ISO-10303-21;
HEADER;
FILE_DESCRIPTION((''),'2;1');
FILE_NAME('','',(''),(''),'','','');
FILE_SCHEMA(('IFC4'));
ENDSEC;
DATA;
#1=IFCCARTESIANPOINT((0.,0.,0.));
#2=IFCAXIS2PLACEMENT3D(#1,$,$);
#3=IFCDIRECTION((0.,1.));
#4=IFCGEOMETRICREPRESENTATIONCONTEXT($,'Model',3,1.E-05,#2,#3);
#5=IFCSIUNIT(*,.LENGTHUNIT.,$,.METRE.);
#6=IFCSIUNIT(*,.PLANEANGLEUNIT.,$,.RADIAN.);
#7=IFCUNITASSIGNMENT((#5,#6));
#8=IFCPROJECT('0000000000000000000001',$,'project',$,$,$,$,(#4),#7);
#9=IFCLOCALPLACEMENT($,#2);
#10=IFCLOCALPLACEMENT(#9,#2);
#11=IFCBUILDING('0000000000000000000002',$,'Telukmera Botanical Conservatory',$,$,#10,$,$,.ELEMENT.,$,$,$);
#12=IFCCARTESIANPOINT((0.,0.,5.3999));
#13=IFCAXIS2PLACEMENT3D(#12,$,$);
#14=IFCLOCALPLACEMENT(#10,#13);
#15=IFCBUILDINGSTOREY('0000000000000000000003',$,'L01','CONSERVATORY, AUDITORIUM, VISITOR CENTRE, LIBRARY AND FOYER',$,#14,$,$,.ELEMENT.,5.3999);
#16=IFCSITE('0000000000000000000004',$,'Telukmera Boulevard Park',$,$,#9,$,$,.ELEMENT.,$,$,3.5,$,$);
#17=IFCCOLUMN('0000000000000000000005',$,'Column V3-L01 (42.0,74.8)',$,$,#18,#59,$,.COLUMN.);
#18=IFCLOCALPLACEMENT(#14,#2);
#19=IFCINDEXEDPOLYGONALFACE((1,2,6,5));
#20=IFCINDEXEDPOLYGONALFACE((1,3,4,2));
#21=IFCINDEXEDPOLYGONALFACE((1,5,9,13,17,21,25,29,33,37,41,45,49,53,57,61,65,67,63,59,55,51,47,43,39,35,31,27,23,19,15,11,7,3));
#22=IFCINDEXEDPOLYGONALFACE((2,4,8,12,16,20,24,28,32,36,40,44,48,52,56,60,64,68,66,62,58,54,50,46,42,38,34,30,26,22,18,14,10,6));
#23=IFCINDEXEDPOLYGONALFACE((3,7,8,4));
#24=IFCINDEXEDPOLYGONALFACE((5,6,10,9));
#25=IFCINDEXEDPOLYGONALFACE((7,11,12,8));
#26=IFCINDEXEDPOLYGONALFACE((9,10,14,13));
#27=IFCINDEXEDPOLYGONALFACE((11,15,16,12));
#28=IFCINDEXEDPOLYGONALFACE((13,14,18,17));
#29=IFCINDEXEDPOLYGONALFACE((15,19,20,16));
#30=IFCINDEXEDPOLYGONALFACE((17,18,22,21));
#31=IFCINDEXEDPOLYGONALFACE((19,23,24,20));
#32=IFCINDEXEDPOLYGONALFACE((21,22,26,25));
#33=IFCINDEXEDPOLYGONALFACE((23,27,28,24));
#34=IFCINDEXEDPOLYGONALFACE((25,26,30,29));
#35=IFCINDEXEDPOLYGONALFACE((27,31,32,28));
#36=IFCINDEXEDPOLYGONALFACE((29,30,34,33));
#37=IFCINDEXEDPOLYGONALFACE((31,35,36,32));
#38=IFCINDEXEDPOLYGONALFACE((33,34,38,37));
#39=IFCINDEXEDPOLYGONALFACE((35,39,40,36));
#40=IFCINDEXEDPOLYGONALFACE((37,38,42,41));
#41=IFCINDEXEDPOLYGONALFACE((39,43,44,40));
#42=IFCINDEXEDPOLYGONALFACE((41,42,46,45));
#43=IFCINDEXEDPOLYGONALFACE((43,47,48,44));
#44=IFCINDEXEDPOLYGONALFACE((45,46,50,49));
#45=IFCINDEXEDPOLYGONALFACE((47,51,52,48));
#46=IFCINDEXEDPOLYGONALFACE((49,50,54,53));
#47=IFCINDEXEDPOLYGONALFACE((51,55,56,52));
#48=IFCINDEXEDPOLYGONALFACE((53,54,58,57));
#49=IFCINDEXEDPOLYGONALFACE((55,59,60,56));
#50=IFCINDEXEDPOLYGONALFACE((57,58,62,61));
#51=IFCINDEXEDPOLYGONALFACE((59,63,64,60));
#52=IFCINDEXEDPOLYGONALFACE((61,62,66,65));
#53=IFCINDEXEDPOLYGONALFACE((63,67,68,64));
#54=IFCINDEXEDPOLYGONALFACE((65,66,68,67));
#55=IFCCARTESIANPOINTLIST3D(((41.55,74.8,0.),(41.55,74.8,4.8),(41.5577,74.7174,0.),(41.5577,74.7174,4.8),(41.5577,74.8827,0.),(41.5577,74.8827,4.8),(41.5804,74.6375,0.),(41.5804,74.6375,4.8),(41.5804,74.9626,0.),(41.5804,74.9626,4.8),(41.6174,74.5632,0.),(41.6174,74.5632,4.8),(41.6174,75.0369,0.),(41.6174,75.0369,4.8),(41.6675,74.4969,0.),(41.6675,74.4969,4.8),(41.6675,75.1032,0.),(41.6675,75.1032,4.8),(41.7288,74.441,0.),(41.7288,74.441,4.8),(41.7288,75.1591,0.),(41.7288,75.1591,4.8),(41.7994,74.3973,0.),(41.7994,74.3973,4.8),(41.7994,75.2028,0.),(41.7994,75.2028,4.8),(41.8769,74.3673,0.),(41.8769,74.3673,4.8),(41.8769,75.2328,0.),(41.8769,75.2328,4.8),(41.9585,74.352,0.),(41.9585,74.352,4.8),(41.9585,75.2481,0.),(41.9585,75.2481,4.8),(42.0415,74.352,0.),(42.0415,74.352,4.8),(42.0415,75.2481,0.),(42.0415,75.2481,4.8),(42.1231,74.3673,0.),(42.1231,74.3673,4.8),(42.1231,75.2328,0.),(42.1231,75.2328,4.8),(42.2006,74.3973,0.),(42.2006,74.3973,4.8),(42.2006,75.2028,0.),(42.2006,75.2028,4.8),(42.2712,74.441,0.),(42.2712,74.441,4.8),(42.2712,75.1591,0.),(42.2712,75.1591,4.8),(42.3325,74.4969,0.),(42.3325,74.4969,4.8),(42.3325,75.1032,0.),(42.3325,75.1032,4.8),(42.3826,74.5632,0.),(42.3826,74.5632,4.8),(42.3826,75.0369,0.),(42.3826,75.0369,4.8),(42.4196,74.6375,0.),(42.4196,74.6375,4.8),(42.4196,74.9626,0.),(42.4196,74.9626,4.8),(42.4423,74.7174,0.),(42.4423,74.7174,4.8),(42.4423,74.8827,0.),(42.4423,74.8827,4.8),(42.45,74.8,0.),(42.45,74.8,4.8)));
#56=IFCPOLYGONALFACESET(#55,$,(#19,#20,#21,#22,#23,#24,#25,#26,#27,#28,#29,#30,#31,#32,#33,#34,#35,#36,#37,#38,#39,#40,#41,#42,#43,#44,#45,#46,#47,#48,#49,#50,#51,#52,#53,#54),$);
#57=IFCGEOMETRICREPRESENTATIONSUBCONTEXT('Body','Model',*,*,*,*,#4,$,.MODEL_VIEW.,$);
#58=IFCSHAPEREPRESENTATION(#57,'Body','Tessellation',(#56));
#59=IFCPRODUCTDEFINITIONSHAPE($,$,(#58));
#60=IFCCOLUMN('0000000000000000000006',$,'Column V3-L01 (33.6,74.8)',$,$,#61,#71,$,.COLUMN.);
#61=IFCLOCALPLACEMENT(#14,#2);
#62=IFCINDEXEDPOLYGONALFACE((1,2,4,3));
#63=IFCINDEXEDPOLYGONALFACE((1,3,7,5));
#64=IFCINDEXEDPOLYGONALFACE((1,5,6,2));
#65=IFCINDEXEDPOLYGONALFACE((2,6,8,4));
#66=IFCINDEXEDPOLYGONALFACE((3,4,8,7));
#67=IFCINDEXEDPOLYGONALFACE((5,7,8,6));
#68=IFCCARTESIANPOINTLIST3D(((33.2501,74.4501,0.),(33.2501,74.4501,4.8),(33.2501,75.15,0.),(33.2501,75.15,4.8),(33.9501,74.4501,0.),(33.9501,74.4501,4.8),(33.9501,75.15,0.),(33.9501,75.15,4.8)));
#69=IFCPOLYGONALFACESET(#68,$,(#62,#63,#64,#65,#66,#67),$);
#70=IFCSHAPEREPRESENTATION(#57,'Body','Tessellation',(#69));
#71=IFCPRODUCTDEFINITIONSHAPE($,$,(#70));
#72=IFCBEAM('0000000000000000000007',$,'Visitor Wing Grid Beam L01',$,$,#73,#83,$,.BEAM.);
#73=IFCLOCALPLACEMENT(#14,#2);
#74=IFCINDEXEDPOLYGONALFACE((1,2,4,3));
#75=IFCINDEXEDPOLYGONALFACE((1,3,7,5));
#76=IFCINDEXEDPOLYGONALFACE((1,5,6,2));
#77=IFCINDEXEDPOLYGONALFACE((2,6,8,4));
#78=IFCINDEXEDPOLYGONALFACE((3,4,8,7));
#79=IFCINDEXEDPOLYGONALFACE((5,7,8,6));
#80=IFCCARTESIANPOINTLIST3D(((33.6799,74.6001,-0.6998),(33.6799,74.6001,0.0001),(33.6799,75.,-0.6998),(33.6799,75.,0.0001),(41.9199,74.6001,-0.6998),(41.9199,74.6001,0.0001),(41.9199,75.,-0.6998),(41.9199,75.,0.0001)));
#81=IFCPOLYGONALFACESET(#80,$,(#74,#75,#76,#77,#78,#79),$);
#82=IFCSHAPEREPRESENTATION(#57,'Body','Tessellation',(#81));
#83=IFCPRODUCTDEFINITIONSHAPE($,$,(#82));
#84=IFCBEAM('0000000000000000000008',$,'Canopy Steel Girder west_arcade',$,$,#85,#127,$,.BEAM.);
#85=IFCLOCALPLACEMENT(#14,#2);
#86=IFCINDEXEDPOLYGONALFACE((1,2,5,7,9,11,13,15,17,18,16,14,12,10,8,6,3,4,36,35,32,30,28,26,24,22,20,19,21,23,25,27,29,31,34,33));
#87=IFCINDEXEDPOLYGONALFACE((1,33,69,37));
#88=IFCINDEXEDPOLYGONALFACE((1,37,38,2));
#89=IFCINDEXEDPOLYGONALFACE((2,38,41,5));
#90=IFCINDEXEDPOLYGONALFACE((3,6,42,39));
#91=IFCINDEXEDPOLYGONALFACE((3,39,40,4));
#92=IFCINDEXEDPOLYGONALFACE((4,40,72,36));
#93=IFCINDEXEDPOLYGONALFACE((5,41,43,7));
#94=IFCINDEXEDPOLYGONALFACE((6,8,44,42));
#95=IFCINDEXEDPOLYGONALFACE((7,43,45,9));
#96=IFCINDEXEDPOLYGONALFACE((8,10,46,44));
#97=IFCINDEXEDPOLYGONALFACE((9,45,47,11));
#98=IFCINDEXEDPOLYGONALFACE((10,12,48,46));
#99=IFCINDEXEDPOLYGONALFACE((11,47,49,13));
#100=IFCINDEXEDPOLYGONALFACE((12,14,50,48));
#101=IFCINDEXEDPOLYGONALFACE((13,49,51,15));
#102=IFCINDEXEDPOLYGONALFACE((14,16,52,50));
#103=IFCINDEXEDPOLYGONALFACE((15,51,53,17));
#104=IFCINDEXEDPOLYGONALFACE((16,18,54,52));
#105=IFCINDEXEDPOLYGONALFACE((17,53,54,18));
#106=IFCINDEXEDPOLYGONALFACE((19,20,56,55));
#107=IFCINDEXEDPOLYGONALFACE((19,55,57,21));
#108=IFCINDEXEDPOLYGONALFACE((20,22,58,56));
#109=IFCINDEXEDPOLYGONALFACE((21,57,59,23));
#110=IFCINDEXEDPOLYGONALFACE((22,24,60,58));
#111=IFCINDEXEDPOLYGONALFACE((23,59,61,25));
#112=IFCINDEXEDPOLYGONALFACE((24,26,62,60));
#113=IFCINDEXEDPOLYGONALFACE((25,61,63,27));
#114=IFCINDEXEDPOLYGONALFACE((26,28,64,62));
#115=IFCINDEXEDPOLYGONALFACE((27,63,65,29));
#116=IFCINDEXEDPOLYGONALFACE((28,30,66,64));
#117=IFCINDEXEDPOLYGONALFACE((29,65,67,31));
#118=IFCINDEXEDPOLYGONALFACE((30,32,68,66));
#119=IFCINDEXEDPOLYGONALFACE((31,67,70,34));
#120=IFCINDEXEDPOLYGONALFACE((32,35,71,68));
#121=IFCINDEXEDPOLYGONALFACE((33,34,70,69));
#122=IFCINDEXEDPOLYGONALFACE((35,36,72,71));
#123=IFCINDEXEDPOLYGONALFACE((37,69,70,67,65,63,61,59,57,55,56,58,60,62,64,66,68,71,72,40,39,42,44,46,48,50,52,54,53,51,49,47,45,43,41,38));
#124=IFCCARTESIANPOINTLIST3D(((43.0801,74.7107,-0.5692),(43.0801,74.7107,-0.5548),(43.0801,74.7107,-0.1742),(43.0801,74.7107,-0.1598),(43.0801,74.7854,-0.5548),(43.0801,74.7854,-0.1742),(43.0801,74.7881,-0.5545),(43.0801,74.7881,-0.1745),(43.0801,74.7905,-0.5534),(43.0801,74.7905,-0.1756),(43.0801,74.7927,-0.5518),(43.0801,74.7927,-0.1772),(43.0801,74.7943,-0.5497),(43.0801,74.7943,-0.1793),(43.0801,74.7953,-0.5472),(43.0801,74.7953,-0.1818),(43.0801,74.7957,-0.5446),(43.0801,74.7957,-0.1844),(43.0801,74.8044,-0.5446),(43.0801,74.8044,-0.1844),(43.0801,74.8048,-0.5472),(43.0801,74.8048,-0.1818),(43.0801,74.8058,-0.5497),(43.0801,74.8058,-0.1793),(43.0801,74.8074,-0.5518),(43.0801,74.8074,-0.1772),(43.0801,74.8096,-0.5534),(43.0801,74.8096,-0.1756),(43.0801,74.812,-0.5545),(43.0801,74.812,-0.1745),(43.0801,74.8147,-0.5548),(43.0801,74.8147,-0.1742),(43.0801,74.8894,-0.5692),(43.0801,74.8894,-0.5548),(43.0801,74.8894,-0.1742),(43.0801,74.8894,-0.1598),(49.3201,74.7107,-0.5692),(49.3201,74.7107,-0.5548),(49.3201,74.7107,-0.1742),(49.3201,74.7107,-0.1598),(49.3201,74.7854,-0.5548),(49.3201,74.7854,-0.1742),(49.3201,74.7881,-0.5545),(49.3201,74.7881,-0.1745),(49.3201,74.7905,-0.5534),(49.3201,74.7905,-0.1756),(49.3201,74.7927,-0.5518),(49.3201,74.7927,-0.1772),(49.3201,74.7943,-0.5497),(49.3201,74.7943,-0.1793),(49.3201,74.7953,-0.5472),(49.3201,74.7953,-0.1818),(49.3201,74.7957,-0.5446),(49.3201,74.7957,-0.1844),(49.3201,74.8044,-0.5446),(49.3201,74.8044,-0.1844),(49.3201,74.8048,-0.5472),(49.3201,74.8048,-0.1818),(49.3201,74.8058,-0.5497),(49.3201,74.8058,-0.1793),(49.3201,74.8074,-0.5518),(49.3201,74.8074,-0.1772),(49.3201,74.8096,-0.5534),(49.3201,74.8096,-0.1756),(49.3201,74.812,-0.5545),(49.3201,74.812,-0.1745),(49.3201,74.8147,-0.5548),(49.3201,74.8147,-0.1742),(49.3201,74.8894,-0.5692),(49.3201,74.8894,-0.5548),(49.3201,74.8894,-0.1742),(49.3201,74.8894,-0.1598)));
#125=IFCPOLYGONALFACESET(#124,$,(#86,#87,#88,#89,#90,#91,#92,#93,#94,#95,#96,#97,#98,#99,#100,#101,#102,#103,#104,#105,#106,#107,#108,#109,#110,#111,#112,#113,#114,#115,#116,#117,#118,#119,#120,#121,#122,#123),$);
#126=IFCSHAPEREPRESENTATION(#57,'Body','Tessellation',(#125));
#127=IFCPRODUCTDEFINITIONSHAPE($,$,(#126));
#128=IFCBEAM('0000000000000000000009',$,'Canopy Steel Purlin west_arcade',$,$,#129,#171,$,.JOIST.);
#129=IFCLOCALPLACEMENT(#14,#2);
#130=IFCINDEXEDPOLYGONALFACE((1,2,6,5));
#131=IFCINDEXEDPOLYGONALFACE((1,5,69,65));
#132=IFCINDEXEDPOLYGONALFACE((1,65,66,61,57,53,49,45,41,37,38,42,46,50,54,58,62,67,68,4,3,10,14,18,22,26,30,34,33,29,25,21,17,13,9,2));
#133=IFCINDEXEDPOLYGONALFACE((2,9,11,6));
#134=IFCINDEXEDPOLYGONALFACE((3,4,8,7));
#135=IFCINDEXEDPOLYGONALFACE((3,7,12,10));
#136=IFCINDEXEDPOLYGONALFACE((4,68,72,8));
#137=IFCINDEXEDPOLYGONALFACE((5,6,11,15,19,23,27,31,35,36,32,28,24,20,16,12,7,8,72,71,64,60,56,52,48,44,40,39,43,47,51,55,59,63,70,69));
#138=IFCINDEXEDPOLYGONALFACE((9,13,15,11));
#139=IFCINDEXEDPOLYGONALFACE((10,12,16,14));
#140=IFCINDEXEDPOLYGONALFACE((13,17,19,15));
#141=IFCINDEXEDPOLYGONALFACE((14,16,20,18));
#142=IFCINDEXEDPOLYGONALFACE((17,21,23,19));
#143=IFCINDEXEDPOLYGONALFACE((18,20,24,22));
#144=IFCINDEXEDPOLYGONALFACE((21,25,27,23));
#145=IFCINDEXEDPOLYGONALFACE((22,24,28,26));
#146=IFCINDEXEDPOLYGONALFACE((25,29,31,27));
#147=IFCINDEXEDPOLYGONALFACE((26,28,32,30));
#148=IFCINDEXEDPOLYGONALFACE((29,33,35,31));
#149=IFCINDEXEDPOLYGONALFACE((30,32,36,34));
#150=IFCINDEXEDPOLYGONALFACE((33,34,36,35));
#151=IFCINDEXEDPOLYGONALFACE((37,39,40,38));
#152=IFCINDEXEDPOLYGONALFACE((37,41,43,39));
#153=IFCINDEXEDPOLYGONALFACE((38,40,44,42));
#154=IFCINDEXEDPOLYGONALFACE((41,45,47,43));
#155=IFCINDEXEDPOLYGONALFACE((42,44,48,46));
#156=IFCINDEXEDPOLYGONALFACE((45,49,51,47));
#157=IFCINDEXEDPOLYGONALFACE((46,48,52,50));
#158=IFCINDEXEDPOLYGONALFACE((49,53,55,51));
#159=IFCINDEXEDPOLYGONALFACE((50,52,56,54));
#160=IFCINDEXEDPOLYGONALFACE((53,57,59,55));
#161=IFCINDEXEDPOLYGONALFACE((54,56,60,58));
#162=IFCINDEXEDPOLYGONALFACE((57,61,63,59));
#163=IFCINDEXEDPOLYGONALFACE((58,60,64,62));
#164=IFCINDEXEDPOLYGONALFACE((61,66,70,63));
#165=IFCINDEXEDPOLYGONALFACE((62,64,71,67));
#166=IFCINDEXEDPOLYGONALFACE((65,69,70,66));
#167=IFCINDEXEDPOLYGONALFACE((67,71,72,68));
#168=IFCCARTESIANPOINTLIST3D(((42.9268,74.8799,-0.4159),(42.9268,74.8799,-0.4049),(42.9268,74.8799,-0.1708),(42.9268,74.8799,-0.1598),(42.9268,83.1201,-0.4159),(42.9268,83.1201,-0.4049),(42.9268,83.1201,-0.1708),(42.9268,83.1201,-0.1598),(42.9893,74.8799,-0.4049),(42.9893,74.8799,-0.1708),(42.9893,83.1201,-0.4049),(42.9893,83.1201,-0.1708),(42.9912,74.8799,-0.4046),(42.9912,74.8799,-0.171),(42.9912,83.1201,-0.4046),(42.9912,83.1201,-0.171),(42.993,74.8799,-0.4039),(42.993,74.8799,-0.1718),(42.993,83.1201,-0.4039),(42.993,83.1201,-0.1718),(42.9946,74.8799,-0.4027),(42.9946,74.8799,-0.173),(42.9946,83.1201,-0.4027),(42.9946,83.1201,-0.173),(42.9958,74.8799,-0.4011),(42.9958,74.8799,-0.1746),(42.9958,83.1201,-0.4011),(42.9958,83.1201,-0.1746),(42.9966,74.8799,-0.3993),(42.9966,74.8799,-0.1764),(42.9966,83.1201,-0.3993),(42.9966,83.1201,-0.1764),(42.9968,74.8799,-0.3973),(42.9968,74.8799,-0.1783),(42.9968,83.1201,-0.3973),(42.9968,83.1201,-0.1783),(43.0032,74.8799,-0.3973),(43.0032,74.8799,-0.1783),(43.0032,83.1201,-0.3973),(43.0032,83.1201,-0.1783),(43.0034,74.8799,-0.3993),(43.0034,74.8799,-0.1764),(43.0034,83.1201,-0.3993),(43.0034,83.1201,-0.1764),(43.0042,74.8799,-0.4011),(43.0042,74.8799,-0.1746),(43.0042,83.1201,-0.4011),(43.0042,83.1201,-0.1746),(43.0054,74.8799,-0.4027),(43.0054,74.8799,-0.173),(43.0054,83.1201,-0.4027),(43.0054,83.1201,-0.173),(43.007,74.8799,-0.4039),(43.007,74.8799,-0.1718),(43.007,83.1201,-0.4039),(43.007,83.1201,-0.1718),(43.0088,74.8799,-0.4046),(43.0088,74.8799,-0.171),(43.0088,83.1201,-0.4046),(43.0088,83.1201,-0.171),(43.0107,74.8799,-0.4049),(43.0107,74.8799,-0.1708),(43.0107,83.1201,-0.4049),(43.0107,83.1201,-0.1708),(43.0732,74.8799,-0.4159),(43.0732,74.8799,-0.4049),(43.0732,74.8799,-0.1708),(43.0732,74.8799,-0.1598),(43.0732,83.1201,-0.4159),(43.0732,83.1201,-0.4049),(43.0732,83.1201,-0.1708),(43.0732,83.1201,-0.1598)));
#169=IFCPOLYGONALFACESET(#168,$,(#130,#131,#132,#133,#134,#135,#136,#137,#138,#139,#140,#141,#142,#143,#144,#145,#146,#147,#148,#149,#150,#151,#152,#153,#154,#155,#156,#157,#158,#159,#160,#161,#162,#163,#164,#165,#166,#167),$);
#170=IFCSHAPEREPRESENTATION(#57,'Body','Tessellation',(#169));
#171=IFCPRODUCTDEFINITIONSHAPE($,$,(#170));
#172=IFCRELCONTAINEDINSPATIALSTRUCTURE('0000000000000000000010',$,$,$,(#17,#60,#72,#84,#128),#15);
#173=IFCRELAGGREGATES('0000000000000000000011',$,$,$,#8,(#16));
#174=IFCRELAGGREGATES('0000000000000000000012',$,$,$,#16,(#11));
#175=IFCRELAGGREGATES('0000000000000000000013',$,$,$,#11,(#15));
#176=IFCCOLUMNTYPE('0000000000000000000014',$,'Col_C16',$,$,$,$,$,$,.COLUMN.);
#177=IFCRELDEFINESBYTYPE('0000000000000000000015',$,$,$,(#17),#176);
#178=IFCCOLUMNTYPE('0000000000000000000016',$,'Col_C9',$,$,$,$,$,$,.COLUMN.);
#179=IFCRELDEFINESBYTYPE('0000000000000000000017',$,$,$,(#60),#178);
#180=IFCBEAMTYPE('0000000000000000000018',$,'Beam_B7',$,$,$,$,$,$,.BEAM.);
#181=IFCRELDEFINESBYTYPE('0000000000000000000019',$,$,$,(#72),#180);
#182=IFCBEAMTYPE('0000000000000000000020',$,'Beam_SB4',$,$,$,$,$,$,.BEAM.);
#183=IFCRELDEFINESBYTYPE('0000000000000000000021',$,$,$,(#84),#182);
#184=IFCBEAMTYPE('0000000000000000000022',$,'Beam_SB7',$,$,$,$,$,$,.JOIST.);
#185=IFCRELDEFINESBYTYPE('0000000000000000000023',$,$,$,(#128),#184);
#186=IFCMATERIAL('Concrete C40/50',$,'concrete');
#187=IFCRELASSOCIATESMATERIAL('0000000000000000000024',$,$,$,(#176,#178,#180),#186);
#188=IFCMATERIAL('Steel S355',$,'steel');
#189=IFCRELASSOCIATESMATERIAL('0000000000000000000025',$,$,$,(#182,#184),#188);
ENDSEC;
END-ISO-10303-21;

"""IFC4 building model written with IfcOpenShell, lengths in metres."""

from ifc_helpers import new_model, si_unit, direction, frame, origin, origin_2d, place, context, subcontext, project, spatial, rectangle, circle, i_section, extrude, material, material_profile, profile_set, type_object, element, save


model = new_model("IFC4")

# Units and contexts
model_context = context("Model", 3, precision=1e-05, world=origin(), true_north=direction((0.0, 1.0)))
body_context = subcontext(model_context, "Body", "Model", "MODEL_VIEW")
ifc_project = project(units=[si_unit("LENGTHUNIT", "METRE"), si_unit("PLANEANGLEUNIT", "RADIAN")], contexts=[model_context])

# Site, building, storey
site_placement = place(None, origin())
site = spatial("IfcSite", under=ifc_project, at=site_placement, Name="Telukmera Boulevard Park", CompositionType="ELEMENT", RefElevation=3.5)
building_placement = place(site_placement, origin())
building = spatial("IfcBuilding", under=site, at=building_placement, Name="Telukmera Botanical Conservatory", CompositionType="ELEMENT")
storey_placement = place(building_placement, frame((0.0, 0.0, 5.3999)))
storey = spatial("IfcBuildingStorey", under=building, at=storey_placement, Name="L01", Description="CONSERVATORY, AUDITORIUM, VISITOR CENTRE, LIBRARY AND FOYER", CompositionType="ELEMENT", Elevation=5.3999)

# Columns
ifc_material_1 = material(Name="Concrete C40/50", Category="concrete")
ifc_material_profile_1 = material_profile(ifc_material_1, circle(Radius=0.45, at=origin_2d()), Name="RC D900")
ifc_profile_set_1 = profile_set([ifc_material_profile_1], Name="Concrete C40/50")
column_type_1 = type_object("IfcColumnType", Name="Col_C16", PredefinedType="COLUMN", material=ifc_profile_set_1)
column_1_placement = place(storey_placement, frame((42.0, 74.8, 0.0), z_axis=(0.0, 0.0, 1.0), x_axis=(1.0, 0.0, 0.0)))
element("IfcColumn", 1, at=column_1_placement, inside=storey, type_object=column_type_1, Name="Column V3-L01 (42.0,74.8)", PredefinedType="COLUMN", context=body_context, shape_type="SweptSolid", body=[
    extrude(circle(Radius=0.45, at=origin_2d()), origin(), (0.0, 0.0, 1.0), 4.8),
])
ifc_material_profile_2 = material_profile(ifc_material_1, rectangle(XDim=0.7, YDim=0.7, at=origin_2d()), Name="RC 700x700")
ifc_profile_set_2 = profile_set([ifc_material_profile_2], Name="Concrete C40/50")
column_type_2 = type_object("IfcColumnType", Name="Col_C9", PredefinedType="COLUMN", material=ifc_profile_set_2)
column_2_placement = place(storey_placement, frame((33.6001, 74.8, 0.0), z_axis=(0.0, 0.0, 1.0), x_axis=(1.0, 0.0, 0.0)))
element("IfcColumn", 2, at=column_2_placement, inside=storey, type_object=column_type_2, Name="Column V3-L01 (33.6,74.8)", PredefinedType="COLUMN", context=body_context, shape_type="SweptSolid", body=[
    extrude(rectangle(XDim=0.7, YDim=0.7, at=origin_2d()), origin(), (0.0, 0.0, 1.0), 4.8),
])

# Beams
ifc_material_profile_3 = material_profile(ifc_material_1, rectangle(XDim=0.3999, YDim=0.7, at=origin_2d()), Name="RC 400x700")
ifc_profile_set_3 = profile_set([ifc_material_profile_3], Name="Concrete C40/50")
beam_type_1 = type_object("IfcBeamType", Name="Beam_B7", PredefinedType="BEAM", material=ifc_profile_set_3)
beam_1_placement = place(storey_placement, frame((33.6799, 74.8, -0.3499), z_axis=(1.0, 0.0, 0.0), x_axis=(0.0, 1.0, 0.0)))
element("IfcBeam", 3, at=beam_1_placement, inside=storey, type_object=beam_type_1, Name="Visitor Wing Grid Beam L01", PredefinedType="BEAM", context=body_context, shape_type="SweptSolid", body=[
    extrude(rectangle(XDim=0.3999, YDim=0.7, at=origin_2d()), origin(), (0.0, 0.0, 1.0), 8.24),
])
ifc_material_2 = material(Name="Steel S355", Category="steel")
ifc_material_profile_4 = material_profile(ifc_material_2, i_section(OverallWidth=0.1787, OverallDepth=0.4094, WebThickness=0.0088, FlangeThickness=0.0144, FilletRadius=0.0103, at=origin_2d()), Name="UB 406x178x67")
ifc_profile_set_4 = profile_set([ifc_material_profile_4], Name="Steel S355")
beam_type_2 = type_object("IfcBeamType", Name="Beam_SB4", PredefinedType="BEAM", material=ifc_profile_set_4)
beam_2_placement = place(storey_placement, frame((43.0801, 74.8, -0.3645), z_axis=(1.0, 0.0, 0.0), x_axis=(0.0, 1.0, 0.0)))
element("IfcBeam", 4, at=beam_2_placement, inside=storey, type_object=beam_type_2, Name="Canopy Steel Girder west_arcade", PredefinedType="BEAM", context=body_context, shape_type="SweptSolid", body=[
    extrude(i_section(OverallWidth=0.1787, OverallDepth=0.4094, WebThickness=0.0088, FlangeThickness=0.0144, FilletRadius=0.0103, at=origin_2d()), origin(), (0.0, 0.0, 1.0), 6.24),
])
ifc_material_profile_5 = material_profile(ifc_material_2, i_section(OverallWidth=0.1465, OverallDepth=0.2561, WebThickness=0.0063, FlangeThickness=0.011, FilletRadius=0.0076, at=origin_2d()), Name="UB 254x146x37")
ifc_profile_set_5 = profile_set([ifc_material_profile_5], Name="Steel S355")
beam_type_3 = type_object("IfcBeamType", Name="Beam_SB7", PredefinedType="JOIST", material=ifc_profile_set_5)
for number, where, z_axis, x_axis, name in (
    (5, (43.0, 74.8799, -0.2878), (0.0, 1.0, 0.0), (-1.0, 0.0, 0.0), "Canopy Steel Purlin west_arcade"),
):
    element("IfcBeam", number, at=place(storey_placement, frame(where, z_axis=z_axis, x_axis=x_axis)), inside=storey, type_object=beam_type_3, Name=name, PredefinedType="JOIST", context=body_context, shape_type="SweptSolid", body=[
        extrude(i_section(OverallWidth=0.1465, OverallDepth=0.2561, WebThickness=0.0063, FlangeThickness=0.011, FilletRadius=0.0076, at=origin_2d()), origin(), (0.0, 0.0, 1.0), 8.2402),
    ])

save(model, "model.ifc")
